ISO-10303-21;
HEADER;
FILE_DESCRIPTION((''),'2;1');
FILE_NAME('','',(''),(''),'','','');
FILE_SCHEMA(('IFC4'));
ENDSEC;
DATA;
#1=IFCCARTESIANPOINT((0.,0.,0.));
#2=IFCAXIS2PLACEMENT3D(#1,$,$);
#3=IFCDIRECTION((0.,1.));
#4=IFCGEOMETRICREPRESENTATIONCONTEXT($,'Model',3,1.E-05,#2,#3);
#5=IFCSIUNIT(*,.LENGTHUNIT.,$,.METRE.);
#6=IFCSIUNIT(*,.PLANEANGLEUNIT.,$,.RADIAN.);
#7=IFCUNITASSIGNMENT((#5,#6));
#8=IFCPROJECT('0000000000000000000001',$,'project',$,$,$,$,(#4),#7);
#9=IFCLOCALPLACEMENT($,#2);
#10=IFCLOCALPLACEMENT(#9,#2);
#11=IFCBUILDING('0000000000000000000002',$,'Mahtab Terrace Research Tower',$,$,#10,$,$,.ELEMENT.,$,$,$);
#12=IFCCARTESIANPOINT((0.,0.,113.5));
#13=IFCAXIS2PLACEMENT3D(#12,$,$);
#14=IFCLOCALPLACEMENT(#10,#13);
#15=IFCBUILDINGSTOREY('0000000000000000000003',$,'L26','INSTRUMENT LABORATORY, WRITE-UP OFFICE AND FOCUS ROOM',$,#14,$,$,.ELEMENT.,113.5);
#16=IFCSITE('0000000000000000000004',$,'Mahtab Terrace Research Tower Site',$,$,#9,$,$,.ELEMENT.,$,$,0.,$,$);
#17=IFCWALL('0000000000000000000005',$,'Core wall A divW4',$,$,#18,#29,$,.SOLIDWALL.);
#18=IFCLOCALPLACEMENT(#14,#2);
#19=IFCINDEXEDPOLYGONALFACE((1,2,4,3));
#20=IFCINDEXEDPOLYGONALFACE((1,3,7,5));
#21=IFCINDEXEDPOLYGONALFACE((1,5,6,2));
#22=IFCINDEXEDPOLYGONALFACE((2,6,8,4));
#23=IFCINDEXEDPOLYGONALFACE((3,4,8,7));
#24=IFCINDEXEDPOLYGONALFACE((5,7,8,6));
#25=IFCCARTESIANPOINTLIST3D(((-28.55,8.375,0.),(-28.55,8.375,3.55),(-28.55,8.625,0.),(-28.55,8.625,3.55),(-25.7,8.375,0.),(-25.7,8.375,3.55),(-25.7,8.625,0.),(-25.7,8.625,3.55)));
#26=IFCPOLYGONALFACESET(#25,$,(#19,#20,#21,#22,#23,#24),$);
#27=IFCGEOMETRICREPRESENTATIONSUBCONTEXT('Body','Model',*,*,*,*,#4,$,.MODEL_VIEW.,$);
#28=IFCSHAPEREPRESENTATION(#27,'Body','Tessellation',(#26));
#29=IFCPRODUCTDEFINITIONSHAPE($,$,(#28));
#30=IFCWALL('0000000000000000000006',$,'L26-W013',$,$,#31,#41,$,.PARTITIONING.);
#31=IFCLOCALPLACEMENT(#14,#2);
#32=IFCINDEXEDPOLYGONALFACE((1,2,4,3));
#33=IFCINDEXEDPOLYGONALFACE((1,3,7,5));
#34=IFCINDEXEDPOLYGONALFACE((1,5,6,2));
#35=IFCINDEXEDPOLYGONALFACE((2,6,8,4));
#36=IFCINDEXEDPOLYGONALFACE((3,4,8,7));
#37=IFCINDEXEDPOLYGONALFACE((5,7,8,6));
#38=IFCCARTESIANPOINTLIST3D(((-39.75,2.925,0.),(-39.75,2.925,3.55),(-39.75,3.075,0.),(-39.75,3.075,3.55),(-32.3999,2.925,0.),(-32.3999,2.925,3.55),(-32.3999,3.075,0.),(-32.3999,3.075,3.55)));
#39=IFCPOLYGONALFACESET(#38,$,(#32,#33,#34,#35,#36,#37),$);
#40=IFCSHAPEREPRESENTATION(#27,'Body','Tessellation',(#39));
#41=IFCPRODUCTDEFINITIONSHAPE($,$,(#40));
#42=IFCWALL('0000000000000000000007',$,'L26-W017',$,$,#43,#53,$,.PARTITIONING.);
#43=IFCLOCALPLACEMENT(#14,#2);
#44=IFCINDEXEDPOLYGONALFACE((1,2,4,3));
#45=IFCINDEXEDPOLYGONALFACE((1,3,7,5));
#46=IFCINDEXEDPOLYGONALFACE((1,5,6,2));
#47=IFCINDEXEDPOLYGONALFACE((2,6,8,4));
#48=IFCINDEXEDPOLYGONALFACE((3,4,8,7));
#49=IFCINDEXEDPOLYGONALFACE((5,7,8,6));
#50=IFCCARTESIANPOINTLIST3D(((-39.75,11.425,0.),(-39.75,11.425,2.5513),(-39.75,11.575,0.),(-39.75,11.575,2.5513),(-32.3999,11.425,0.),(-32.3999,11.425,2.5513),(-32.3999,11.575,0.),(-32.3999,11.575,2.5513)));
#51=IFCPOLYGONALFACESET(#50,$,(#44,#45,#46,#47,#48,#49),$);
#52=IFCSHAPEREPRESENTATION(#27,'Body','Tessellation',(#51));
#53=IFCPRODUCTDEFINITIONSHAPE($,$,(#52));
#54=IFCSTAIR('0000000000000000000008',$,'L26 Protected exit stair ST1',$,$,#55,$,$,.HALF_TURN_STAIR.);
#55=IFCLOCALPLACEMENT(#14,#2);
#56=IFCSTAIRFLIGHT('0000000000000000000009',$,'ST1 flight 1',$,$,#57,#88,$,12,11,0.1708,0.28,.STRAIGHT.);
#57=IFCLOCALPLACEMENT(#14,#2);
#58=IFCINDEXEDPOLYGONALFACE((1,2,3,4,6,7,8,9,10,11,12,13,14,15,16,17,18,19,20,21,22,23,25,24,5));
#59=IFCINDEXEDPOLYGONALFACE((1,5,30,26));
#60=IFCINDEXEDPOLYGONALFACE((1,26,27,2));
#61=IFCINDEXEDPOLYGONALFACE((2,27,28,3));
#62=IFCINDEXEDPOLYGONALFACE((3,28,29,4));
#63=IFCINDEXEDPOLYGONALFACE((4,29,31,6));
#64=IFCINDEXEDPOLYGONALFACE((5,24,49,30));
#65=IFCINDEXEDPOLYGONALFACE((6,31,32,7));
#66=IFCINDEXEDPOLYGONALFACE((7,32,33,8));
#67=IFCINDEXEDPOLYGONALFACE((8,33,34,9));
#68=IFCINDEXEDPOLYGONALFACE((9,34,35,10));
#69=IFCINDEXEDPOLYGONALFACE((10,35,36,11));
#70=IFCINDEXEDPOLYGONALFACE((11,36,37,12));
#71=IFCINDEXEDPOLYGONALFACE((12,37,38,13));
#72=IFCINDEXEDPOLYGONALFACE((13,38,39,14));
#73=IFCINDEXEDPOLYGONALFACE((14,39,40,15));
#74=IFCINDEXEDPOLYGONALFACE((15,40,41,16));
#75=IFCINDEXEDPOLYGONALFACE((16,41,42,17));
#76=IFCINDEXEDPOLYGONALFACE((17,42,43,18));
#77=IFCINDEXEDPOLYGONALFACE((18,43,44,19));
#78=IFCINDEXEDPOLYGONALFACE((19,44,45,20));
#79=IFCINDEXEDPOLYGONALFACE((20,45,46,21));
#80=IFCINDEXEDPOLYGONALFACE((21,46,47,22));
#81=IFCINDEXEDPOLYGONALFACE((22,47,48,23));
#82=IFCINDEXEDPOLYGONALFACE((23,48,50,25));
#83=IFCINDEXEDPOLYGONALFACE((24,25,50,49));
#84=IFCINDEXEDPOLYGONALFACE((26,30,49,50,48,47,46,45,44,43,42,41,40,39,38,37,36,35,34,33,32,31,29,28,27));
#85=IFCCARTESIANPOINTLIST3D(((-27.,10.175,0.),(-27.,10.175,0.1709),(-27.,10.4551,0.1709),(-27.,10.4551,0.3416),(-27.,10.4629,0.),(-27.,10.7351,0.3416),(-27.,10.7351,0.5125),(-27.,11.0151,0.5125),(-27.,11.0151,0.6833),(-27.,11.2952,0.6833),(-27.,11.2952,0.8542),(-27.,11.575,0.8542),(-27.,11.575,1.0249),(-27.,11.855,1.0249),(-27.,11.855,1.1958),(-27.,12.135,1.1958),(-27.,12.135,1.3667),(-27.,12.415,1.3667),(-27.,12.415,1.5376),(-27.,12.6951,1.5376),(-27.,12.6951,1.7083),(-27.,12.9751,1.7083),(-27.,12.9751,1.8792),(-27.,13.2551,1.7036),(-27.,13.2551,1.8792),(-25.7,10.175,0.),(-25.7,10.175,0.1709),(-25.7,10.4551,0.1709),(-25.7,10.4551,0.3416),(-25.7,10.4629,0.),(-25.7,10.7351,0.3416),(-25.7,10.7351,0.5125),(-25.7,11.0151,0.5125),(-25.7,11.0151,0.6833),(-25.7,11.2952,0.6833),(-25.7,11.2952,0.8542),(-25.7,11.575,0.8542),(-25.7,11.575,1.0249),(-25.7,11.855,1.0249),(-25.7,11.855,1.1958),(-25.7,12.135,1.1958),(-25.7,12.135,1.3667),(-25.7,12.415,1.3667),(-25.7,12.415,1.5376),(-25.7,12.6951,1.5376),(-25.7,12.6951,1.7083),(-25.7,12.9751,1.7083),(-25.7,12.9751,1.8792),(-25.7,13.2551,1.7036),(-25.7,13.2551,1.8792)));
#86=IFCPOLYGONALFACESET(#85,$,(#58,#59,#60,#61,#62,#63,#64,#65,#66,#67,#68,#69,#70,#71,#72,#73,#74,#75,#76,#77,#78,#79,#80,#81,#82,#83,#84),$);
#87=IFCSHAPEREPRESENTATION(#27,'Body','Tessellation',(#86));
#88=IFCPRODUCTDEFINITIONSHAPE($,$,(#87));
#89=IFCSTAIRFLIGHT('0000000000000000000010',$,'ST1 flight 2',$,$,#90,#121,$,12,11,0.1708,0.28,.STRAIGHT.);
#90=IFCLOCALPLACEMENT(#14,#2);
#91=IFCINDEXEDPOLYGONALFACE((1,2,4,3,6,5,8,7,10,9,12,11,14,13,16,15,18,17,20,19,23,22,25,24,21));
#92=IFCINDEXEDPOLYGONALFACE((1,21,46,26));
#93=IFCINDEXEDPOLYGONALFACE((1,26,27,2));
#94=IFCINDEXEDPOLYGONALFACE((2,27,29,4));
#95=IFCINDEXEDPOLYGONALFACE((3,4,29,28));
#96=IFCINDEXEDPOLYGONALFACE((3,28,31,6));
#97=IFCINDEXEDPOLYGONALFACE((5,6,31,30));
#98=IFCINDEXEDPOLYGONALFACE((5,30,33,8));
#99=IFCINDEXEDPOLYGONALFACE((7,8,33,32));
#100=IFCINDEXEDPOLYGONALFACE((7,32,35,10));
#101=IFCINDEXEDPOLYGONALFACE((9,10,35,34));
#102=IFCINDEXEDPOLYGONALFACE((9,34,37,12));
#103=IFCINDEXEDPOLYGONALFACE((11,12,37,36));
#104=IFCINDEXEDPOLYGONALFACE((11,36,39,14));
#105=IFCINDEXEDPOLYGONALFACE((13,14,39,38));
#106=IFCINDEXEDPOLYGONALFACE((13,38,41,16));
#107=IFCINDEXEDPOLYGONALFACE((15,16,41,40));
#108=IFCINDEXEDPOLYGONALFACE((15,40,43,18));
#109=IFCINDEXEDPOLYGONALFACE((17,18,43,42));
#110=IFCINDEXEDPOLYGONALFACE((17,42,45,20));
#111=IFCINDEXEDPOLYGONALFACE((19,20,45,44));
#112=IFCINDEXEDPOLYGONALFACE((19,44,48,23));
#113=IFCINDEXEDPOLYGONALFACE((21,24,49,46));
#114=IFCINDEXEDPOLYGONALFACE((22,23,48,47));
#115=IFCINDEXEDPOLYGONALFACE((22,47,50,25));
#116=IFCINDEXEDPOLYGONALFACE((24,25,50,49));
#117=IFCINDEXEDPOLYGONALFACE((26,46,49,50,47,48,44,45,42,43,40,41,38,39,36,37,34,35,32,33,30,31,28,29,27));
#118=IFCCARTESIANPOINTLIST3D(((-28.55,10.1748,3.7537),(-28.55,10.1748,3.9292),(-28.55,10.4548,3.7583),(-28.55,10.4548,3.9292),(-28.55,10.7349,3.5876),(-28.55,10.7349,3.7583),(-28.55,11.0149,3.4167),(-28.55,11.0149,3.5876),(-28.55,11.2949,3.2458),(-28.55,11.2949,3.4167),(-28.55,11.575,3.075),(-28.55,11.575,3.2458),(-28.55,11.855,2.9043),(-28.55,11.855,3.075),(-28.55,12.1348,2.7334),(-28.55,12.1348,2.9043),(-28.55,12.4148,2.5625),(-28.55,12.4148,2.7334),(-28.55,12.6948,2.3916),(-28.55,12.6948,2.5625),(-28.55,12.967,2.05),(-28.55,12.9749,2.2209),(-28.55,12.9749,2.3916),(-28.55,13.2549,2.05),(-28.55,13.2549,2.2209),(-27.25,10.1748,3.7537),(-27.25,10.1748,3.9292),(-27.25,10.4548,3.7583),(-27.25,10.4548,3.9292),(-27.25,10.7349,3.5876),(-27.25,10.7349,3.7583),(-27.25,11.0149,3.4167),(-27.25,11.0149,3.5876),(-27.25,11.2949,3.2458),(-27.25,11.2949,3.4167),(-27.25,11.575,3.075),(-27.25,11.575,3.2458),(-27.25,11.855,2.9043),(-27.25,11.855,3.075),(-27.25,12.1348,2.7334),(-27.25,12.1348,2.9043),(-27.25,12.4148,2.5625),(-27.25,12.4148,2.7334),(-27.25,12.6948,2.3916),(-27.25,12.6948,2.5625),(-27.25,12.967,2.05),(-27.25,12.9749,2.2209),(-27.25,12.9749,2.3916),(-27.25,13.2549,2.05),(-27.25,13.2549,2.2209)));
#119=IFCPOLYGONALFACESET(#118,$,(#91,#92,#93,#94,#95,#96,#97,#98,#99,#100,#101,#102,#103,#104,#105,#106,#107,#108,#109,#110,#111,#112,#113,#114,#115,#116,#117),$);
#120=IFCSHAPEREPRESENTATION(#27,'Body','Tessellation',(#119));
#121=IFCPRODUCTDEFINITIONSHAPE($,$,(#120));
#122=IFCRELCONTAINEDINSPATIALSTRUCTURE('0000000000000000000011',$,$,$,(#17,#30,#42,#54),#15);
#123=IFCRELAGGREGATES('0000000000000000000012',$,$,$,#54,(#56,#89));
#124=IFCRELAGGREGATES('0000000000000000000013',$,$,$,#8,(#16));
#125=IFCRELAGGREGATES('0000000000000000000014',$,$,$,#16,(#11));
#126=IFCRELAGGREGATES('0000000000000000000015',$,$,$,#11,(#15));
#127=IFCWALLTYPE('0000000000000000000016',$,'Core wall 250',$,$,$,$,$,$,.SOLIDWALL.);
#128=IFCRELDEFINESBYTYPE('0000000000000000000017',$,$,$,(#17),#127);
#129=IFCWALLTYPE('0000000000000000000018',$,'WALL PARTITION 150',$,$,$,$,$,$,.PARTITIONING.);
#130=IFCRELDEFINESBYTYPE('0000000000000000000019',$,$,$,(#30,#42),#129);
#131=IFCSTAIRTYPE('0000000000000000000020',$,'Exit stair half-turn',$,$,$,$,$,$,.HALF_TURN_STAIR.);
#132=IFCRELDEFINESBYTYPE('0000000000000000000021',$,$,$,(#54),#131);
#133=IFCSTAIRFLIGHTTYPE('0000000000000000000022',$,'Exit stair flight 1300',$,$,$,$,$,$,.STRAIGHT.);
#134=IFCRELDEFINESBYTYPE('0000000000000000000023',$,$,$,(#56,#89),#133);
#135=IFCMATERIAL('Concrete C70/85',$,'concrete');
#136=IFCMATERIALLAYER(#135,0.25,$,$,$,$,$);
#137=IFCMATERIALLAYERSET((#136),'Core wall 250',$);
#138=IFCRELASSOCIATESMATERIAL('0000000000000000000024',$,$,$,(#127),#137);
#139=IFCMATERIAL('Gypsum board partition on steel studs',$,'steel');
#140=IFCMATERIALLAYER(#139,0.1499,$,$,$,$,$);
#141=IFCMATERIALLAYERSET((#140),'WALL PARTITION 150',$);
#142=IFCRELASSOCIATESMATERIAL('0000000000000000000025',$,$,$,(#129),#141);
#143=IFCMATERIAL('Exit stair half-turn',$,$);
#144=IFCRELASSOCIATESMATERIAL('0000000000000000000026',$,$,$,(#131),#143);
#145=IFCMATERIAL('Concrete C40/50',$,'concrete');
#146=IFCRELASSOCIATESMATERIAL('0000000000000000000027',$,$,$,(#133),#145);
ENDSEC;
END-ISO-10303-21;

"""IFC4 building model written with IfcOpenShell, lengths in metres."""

from ifc_helpers import new_model, si_unit, direction, frame, frame_2d, origin, place, context, subcontext, project, spatial, polyline, rectangle, outline, extrude, material, layer, layer_set, type_object, element, aggregate, save


model = new_model("IFC4")

# Units and contexts
model_context = context("Model", 3, precision=1e-05, world=origin(), true_north=direction((0.0, 1.0)))
body_context = subcontext(model_context, "Body", "Model", "MODEL_VIEW")
ifc_project = project(units=[si_unit("LENGTHUNIT", "METRE"), si_unit("PLANEANGLEUNIT", "RADIAN")], contexts=[model_context])

# Site, building, storey
site_placement = place(None, origin())
site = spatial("IfcSite", under=ifc_project, at=site_placement, Name="Mahtab Terrace Research Tower Site", CompositionType="ELEMENT", RefElevation=0.0)
building_placement = place(site_placement, origin())
building = spatial("IfcBuilding", under=site, at=building_placement, Name="Mahtab Terrace Research Tower", CompositionType="ELEMENT")
storey_placement = place(building_placement, frame((0.0, 0.0, 113.5)))
storey = spatial("IfcBuildingStorey", under=building, at=storey_placement, Name="L26", Description="INSTRUMENT LABORATORY, WRITE-UP OFFICE AND FOCUS ROOM", CompositionType="ELEMENT", Elevation=113.5)

# Shared definitions
ifc_material_1 = material(Name="Concrete C70/85", Category="concrete")

# Walls
ifc_layer_1 = layer(ifc_material_1, 0.25)
ifc_layer_set_1 = layer_set([ifc_layer_1], Name="Core wall 250")
wall_type_1 = type_object("IfcWallType", Name="Core wall 250", PredefinedType="SOLIDWALL", material=ifc_layer_set_1)
for number, where, z_axis, x_axis, name in (
    (1, (-28.55, 8.5, 0.0), (0.0, 0.0, 1.0), (1.0, 0.0, 0.0), "Core wall A divW4"),
):
    element("IfcWall", number, at=place(storey_placement, frame(where, z_axis=z_axis, x_axis=x_axis)), inside=storey, type_object=wall_type_1, Name=name, PredefinedType="SOLIDWALL", context=body_context, shape_type="SweptSolid", body=[
        extrude(rectangle(XDim=2.8501, YDim=0.25, at=frame_2d((1.425, 0.0))), origin(), (0.0, 0.0, 1.0), 3.55),
    ])
ifc_material_2 = material(Name="Gypsum board partition on steel studs", Category="steel")
ifc_layer_2 = layer(ifc_material_2, 0.1499)
ifc_layer_set_2 = layer_set([ifc_layer_2], Name="WALL PARTITION 150")
wall_type_2 = type_object("IfcWallType", Name="WALL PARTITION 150", PredefinedType="PARTITIONING", material=ifc_layer_set_2)
wall_1_placement = place(storey_placement, frame((-39.75, 3.0, 0.0), z_axis=(0.0, 0.0, 1.0), x_axis=(1.0, 0.0, 0.0)))
element("IfcWall", 2, at=wall_1_placement, inside=storey, type_object=wall_type_2, Name="L26-W013", PredefinedType="PARTITIONING", context=body_context, shape_type="SweptSolid", body=[
    extrude(rectangle(XDim=7.3501, YDim=0.1499, at=frame_2d((3.675, 0.0))), origin(), (0.0, 0.0, 1.0), 3.55),
])
wall_2_placement = place(storey_placement, frame((-39.75, 11.5, 0.0), z_axis=(0.0, 0.0, 1.0), x_axis=(1.0, 0.0, 0.0)))
element("IfcWall", 3, at=wall_2_placement, inside=storey, type_object=wall_type_2, Name="L26-W017", PredefinedType="PARTITIONING", context=body_context, shape_type="SweptSolid", body=[
    extrude(rectangle(XDim=7.3501, YDim=0.1499, at=frame_2d((3.675, 0.0))), origin(), (0.0, 0.0, 1.0), 2.5513),
])

# Stair, stair flights
ifc_material_3 = material(Name="Exit stair half-turn")
stair_type = type_object("IfcStairType", Name="Exit stair half-turn", PredefinedType="HALF_TURN_STAIR", material=ifc_material_3)
stair_placement = place(storey_placement, origin())
stair = element("IfcStair", 4, at=stair_placement, inside=storey, type_object=stair_type, Name="L26 Protected exit stair ST1", PredefinedType="HALF_TURN_STAIR")
ifc_material_4 = material(Name="Concrete C40/50", Category="concrete")
stair_flight_type = type_object("IfcStairFlightType", Name="Exit stair flight 1300", PredefinedType="STRAIGHT", material=ifc_material_4)
stair_flight_1_placement = place(storey_placement, frame((-26.3501, 10.175, 0.0), z_axis=(0.0, 0.0, 1.0), x_axis=(0.0, 1.0, 0.0)))
stair_flight_1 = element("IfcStairFlight", 5, at=stair_flight_1_placement, type_object=stair_flight_type, Name="ST1 flight 1", NumberOfRisers=12, NumberOfTreads=11, PredefinedType="STRAIGHT", RiserHeight=0.1708, TreadLength=0.28, context=body_context, shape_type="SweptSolid", body=[
    extrude(outline(polyline([(0.0, 0.0), (0.0, 0.1709), (0.28, 0.1709), (0.28, 0.3416), (0.5601, 0.3416), (0.5601, 0.5125), (0.8401, 0.5125), (0.8401, 0.6833), (1.1201, 0.6833), (1.1201, 0.8542), (1.3999, 0.8542), (1.3999, 1.0249), (1.6799, 1.0249), (1.6799, 1.1958), (1.96, 1.1958), (1.96, 1.3667), (2.24, 1.3667), (2.24, 1.5376), (2.52, 1.5376), (2.52, 1.7083), (2.8, 1.7083), (2.8, 1.8792), (3.0801, 1.8792), (3.0801, 2.05), (3.0801, 1.7036), (0.2878, 0.0), (0.0, 0.0)])), frame((0.0, 0.6499, 0.0), z_axis=(0.0, -1.0, 0.0), x_axis=(1.0, 0.0, 0.0)), (0.0, 0.0, 1.0), 1.3),
])
stair_flight_2_placement = place(storey_placement, frame((-27.8999, 13.2549, 2.05), z_axis=(0.0, 0.0, 1.0), x_axis=(0.0, -1.0, 0.0)))
stair_flight_2 = element("IfcStairFlight", 6, at=stair_flight_2_placement, type_object=stair_flight_type, Name="ST1 flight 2", NumberOfRisers=12, NumberOfTreads=11, PredefinedType="STRAIGHT", RiserHeight=0.1708, TreadLength=0.28, context=body_context, shape_type="SweptSolid", body=[
    extrude(outline(polyline([(0.0, 0.0), (0.0, 0.1709), (0.28, 0.1709), (0.28, 0.3416), (0.5601, 0.3416), (0.5601, 0.5125), (0.8401, 0.5125), (0.8401, 0.6833), (1.1201, 0.6833), (1.1201, 0.8542), (1.3999, 0.8542), (1.3999, 1.0249), (1.6799, 1.0249), (1.6799, 1.1958), (1.96, 1.1958), (1.96, 1.3667), (2.24, 1.3667), (2.24, 1.5376), (2.52, 1.5376), (2.52, 1.7083), (2.8, 1.7083), (2.8, 1.8792), (3.0801, 1.8792), (3.0801, 2.05), (3.0801, 1.7036), (0.2878, 0.0), (0.0, 0.0)])), frame((0.0, 0.6499, 0.0), z_axis=(0.0, -1.0, 0.0), x_axis=(1.0, 0.0, 0.0)), (0.0, 0.0, 1.0), 1.3),
])
aggregate(stair, [stair_flight_1, stair_flight_2])

save(model, "model.ifc")
